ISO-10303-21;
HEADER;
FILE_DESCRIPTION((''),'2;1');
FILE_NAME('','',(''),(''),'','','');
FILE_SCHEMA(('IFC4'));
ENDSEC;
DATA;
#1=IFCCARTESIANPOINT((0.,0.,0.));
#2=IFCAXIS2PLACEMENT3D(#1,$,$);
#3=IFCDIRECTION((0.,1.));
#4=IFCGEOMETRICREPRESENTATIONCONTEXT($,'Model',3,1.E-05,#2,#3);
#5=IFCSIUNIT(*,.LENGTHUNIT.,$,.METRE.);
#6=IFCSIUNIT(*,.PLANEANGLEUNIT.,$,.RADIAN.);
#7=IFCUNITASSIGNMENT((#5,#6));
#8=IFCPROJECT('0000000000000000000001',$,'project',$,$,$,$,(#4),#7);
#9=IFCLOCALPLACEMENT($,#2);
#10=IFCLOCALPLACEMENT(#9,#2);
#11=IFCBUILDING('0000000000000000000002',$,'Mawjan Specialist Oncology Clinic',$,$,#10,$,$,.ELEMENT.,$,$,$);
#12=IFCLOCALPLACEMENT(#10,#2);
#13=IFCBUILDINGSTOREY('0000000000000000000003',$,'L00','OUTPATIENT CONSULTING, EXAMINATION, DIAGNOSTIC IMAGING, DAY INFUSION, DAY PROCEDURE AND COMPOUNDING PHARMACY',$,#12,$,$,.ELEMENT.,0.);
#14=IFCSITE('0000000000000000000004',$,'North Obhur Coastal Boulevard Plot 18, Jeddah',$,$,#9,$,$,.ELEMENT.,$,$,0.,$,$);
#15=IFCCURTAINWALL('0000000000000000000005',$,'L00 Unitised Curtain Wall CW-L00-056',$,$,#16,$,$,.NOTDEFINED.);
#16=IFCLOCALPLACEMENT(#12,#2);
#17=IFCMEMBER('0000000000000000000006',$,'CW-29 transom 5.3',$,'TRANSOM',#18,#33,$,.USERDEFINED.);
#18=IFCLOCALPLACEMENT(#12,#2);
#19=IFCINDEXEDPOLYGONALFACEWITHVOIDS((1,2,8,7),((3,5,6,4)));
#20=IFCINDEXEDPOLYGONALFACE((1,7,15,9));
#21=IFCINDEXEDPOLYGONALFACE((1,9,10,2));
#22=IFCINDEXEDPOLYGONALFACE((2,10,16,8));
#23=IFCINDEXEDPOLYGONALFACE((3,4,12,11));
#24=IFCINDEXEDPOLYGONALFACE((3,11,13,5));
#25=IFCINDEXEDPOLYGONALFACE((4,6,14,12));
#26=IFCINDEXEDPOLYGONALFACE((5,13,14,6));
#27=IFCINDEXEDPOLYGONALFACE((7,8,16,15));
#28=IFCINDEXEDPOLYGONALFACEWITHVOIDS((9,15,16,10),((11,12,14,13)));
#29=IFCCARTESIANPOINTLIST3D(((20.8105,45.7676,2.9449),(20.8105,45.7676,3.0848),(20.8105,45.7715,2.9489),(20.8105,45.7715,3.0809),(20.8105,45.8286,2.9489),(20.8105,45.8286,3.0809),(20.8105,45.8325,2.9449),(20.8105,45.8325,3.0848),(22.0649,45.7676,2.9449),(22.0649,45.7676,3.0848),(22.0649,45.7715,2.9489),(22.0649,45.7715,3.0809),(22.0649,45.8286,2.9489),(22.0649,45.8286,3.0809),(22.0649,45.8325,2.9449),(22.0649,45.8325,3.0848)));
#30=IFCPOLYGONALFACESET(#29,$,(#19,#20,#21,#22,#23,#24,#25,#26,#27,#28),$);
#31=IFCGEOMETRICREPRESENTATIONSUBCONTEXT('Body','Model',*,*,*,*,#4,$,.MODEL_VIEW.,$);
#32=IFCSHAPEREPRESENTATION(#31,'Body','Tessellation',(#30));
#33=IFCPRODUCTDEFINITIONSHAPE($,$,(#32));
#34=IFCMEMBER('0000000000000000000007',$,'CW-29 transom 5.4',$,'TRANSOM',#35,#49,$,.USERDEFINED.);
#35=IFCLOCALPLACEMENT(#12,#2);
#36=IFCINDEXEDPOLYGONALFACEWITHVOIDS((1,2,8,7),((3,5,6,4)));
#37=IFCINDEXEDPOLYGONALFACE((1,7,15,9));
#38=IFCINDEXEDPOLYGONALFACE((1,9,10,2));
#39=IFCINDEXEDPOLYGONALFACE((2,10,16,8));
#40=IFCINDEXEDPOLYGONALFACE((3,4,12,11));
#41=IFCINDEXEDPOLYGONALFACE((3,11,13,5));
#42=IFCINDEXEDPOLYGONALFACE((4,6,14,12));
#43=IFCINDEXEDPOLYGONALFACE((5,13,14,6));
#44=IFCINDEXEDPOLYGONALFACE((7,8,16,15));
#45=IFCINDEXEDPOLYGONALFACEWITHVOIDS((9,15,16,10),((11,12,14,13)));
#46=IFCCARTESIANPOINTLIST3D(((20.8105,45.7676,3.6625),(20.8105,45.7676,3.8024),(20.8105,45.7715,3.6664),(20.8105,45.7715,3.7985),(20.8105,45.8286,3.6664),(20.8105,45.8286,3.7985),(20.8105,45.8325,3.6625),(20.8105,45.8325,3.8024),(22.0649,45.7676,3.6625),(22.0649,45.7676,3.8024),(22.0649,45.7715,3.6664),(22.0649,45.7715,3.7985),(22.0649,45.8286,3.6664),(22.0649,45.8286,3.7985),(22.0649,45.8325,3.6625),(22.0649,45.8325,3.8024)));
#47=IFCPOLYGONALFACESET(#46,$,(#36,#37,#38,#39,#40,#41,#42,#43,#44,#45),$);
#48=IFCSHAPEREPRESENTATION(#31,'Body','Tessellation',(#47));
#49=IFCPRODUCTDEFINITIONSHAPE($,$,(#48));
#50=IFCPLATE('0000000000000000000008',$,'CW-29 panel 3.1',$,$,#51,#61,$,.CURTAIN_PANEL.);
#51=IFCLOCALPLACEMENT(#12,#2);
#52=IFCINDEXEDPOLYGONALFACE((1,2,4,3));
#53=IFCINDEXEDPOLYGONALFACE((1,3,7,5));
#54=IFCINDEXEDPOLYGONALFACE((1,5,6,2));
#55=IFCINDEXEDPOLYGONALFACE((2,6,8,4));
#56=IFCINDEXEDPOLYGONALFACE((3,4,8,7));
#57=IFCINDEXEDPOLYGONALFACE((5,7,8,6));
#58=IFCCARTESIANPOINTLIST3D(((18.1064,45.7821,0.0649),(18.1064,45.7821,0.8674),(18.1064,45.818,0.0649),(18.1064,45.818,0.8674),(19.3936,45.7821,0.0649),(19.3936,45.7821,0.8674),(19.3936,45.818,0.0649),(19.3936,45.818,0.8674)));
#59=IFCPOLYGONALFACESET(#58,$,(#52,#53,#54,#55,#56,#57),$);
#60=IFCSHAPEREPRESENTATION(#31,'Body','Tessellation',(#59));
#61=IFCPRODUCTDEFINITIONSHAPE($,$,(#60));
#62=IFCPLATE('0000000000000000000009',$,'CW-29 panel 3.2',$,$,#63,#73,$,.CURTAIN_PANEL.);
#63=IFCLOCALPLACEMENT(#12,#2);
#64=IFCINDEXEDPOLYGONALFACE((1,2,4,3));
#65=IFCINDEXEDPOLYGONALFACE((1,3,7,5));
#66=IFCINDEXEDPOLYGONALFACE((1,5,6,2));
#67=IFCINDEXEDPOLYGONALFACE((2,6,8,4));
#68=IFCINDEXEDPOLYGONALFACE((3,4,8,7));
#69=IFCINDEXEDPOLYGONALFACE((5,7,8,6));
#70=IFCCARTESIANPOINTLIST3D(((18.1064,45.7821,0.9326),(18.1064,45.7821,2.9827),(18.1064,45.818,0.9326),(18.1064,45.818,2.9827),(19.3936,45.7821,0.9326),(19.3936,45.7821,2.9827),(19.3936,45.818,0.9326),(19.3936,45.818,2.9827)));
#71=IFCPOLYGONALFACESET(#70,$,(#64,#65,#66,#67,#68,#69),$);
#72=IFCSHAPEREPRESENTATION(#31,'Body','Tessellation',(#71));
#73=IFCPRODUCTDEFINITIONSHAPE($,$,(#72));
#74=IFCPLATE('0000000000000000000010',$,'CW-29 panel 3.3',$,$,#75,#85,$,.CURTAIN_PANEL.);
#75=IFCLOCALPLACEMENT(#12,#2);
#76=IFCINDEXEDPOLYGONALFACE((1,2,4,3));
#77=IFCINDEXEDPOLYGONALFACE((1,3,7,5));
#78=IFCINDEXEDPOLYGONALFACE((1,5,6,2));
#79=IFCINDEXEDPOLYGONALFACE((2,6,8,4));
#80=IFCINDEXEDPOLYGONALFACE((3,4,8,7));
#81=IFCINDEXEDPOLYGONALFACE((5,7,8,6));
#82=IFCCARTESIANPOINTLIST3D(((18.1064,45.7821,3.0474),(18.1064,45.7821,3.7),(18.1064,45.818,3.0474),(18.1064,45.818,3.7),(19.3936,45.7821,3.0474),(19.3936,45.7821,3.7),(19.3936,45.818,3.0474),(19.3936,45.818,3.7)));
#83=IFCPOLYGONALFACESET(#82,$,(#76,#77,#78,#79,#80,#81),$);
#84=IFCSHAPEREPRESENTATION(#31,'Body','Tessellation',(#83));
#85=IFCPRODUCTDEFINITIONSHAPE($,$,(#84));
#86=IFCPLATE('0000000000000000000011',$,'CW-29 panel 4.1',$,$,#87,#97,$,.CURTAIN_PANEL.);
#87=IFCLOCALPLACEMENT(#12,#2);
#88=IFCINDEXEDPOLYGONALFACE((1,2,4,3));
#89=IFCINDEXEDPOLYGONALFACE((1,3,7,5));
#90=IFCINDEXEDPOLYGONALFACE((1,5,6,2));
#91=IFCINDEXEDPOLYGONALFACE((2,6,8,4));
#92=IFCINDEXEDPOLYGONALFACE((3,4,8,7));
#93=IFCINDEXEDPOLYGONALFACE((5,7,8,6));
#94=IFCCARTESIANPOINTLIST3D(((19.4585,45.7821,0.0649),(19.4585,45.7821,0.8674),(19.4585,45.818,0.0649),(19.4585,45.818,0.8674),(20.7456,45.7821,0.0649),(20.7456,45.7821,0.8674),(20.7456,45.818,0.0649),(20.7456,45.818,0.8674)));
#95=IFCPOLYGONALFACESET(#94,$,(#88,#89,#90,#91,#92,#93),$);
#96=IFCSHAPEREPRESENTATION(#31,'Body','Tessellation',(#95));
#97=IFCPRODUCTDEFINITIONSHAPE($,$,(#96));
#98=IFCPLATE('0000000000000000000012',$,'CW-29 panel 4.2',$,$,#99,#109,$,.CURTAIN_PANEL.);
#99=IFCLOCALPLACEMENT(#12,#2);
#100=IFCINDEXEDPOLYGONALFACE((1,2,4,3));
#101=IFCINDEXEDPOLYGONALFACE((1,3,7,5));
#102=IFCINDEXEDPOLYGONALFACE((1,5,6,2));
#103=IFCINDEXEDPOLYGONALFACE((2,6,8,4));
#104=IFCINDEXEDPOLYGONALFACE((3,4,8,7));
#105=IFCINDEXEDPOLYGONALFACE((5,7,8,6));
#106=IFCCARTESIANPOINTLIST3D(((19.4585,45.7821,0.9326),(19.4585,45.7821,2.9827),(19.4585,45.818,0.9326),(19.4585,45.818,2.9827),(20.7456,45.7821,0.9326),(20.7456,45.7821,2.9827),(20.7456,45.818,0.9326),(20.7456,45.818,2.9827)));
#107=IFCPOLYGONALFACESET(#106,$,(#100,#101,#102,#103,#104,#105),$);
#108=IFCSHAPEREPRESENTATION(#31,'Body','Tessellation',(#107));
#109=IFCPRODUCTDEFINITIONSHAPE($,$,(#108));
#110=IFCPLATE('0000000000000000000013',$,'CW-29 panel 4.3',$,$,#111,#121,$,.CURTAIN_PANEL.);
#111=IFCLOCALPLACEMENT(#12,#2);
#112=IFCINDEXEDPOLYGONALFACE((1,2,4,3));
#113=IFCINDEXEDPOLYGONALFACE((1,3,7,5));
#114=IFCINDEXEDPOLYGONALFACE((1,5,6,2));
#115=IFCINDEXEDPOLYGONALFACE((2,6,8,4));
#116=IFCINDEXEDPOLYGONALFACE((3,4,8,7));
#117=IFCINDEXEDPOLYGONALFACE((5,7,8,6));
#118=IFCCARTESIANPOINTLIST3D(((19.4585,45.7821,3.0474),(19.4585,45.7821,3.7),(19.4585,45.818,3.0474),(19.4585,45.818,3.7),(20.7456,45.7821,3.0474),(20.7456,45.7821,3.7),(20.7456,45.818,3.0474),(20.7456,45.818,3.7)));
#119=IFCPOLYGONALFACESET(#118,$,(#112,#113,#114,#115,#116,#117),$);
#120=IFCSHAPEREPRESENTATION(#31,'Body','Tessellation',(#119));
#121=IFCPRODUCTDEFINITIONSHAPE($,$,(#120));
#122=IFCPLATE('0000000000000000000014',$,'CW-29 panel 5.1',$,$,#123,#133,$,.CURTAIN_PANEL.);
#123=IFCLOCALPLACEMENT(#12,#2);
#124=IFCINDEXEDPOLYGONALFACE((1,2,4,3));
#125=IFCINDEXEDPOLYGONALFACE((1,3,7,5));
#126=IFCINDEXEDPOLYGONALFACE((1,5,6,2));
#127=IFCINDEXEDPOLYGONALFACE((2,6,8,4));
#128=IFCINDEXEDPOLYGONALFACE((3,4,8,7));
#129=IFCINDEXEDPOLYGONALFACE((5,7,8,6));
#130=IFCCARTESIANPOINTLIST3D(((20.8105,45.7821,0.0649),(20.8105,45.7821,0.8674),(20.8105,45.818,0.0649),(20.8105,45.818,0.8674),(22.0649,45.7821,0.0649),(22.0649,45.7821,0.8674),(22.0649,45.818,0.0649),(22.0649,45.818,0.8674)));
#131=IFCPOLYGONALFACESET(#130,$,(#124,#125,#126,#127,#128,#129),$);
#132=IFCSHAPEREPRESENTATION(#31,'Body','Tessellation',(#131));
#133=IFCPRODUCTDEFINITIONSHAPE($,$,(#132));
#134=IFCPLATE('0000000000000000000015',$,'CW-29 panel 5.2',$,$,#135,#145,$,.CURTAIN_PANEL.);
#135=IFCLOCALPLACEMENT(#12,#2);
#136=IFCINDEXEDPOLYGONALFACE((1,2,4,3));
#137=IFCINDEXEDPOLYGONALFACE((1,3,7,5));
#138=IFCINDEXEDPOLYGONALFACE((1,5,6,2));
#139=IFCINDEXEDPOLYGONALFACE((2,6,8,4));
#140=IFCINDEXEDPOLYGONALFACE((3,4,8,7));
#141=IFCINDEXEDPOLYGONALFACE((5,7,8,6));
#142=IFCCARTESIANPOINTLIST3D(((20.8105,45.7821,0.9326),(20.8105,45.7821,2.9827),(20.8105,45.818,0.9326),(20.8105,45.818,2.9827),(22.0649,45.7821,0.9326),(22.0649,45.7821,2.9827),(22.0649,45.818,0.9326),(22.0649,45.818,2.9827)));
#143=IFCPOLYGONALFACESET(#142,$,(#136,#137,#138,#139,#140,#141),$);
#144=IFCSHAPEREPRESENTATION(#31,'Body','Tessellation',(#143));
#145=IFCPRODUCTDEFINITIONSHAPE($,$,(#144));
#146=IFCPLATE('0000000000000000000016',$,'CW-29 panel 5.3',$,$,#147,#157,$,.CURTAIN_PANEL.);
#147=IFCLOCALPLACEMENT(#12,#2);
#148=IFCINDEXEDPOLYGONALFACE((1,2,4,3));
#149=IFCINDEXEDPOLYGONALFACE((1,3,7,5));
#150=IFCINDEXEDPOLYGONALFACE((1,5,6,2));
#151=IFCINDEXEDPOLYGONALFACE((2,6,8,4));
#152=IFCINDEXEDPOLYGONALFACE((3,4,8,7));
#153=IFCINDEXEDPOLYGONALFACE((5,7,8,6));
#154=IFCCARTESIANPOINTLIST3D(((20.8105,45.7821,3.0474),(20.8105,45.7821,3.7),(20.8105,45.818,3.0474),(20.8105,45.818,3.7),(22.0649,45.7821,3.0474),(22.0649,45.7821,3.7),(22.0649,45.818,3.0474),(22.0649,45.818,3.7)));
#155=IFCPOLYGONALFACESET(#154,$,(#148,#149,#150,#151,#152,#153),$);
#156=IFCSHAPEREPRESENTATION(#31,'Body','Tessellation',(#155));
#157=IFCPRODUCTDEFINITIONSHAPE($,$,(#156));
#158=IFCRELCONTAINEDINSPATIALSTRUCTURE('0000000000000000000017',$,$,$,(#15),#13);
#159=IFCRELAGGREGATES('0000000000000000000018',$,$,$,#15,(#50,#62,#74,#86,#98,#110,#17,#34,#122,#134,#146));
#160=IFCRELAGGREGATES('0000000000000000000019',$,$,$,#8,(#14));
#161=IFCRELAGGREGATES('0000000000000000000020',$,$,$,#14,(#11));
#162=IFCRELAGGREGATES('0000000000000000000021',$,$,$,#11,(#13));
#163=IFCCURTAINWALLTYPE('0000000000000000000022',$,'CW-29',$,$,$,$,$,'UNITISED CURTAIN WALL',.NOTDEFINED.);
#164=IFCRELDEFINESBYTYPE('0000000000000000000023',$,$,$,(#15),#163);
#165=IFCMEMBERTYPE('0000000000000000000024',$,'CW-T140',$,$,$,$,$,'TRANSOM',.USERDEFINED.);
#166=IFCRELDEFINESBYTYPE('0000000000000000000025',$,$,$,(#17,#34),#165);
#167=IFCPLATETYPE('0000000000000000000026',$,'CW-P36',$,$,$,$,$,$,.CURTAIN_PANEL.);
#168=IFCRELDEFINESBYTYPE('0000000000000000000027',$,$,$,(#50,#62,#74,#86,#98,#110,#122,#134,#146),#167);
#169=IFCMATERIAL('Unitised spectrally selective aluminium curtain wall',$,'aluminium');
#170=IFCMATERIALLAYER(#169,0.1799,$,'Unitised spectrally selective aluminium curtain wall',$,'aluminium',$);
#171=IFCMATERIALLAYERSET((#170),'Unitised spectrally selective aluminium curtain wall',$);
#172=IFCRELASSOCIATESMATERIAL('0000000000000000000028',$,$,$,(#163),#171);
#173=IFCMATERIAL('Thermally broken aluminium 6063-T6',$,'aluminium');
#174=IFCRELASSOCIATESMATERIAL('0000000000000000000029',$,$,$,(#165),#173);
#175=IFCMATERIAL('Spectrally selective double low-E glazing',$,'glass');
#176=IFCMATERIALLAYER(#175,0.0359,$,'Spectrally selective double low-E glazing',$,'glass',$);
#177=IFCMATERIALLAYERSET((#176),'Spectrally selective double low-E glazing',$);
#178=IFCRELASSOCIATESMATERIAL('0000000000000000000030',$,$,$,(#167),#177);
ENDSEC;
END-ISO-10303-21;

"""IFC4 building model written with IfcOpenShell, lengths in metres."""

from ifc_helpers import new_model, si_unit, direction, frame, origin, origin_2d, place, context, subcontext, project, spatial, rectangle, hollow_rectangle, extrude, material, layer, layer_set, material_profile, profile_set, type_object, element, aggregate, save


model = new_model("IFC4")

# Units and contexts
model_context = context("Model", 3, precision=1e-05, world=origin(), true_north=direction((0.0, 1.0)))
body_context = subcontext(model_context, "Body", "Model", "MODEL_VIEW")
ifc_project = project(units=[si_unit("LENGTHUNIT", "METRE"), si_unit("PLANEANGLEUNIT", "RADIAN")], contexts=[model_context])

# Site, building, storey
site_placement = place(None, origin())
site = spatial("IfcSite", under=ifc_project, at=site_placement, Name="North Obhur Coastal Boulevard Plot 18, Jeddah", CompositionType="ELEMENT", RefElevation=0.0)
building_placement = place(site_placement, origin())
building = spatial("IfcBuilding", under=site, at=building_placement, Name="Mawjan Specialist Oncology Clinic", CompositionType="ELEMENT")
storey_placement = place(building_placement, origin())
storey = spatial("IfcBuildingStorey", under=building, at=storey_placement, Name="L00", Description="OUTPATIENT CONSULTING, EXAMINATION, DIAGNOSTIC IMAGING, DAY INFUSION, DAY PROCEDURE AND COMPOUNDING PHARMACY", CompositionType="ELEMENT", Elevation=0.0)

# Curtain wall, members, plates
ifc_material_1 = material(Name="Unitised spectrally selective aluminium curtain wall", Category="aluminium")
ifc_layer_1 = layer(ifc_material_1, 0.1799, Name="Unitised spectrally selective aluminium curtain wall", Category="aluminium")
ifc_layer_set_1 = layer_set([ifc_layer_1], Name="Unitised spectrally selective aluminium curtain wall")
curtain_wall_type = type_object("IfcCurtainWallType", Name="CW-29", ElementType="UNITISED CURTAIN WALL", PredefinedType="NOTDEFINED", material=ifc_layer_set_1)
curtain_wall_placement = place(storey_placement, origin())
curtain_wall = element("IfcCurtainWall", 1, at=curtain_wall_placement, inside=storey, type_object=curtain_wall_type, Name="L00 Unitised Curtain Wall CW-L00-056", PredefinedType="NOTDEFINED")
ifc_material_2 = material(Name="Thermally broken aluminium 6063-T6", Category="aluminium")
ifc_material_profile_1 = material_profile(ifc_material_2, hollow_rectangle(XDim=0.0649, YDim=0.1399, WallThickness=0.0039, at=origin_2d()), Name="ALU TRANSOM 140x65x4", Category="aluminium")
ifc_profile_set_1 = profile_set([ifc_material_profile_1], Name="Thermally broken aluminium 6063-T6")
member_type_1 = type_object("IfcMemberType", Name="CW-T140", ElementType="TRANSOM", PredefinedType="USERDEFINED", material=ifc_profile_set_1)
member_1_placement = place(storey_placement, frame((20.8105, 45.8, 3.0149), z_axis=(1.0, 0.0, 0.0), x_axis=(0.0, 1.0, 0.0)))
member_1 = element("IfcMember", 2, at=member_1_placement, type_object=member_type_1, Name="CW-29 transom 5.3", ObjectType="TRANSOM", PredefinedType="USERDEFINED", context=body_context, shape_type="SweptSolid", body=[
    extrude(hollow_rectangle(XDim=0.0649, YDim=0.1399, WallThickness=0.0039, at=origin_2d()), origin(), (0.0, 0.0, 1.0), 1.2544),
])
member_2_placement = place(storey_placement, frame((20.8105, 45.8, 3.7324), z_axis=(1.0, 0.0, 0.0), x_axis=(0.0, 1.0, 0.0)))
member_2 = element("IfcMember", 3, at=member_2_placement, type_object=member_type_1, Name="CW-29 transom 5.4", ObjectType="TRANSOM", PredefinedType="USERDEFINED", context=body_context, shape_type="SweptSolid", body=[
    extrude(hollow_rectangle(XDim=0.0649, YDim=0.1399, WallThickness=0.0039, at=origin_2d()), origin(), (0.0, 0.0, 1.0), 1.2544),
])
ifc_material_3 = material(Name="Spectrally selective double low-E glazing", Category="glass")
ifc_layer_2 = layer(ifc_material_3, 0.0359, Name="Spectrally selective double low-E glazing", Category="glass")
ifc_layer_set_2 = layer_set([ifc_layer_2], Name="Spectrally selective double low-E glazing")
plate_type = type_object("IfcPlateType", Name="CW-P36", PredefinedType="CURTAIN_PANEL", material=ifc_layer_set_2)
plate_1_placement = place(storey_placement, frame((18.75, 45.8, 0.0649), z_axis=(0.0, 0.0, 1.0), x_axis=(1.0, 0.0, 0.0)))
plate_1 = element("IfcPlate", 4, at=plate_1_placement, type_object=plate_type, Name="CW-29 panel 3.1", PredefinedType="CURTAIN_PANEL", context=body_context, shape_type="SweptSolid", body=[
    extrude(rectangle(XDim=1.2871, YDim=0.0359, at=origin_2d()), origin(), (0.0, 0.0, 1.0), 0.8025),
])
plate_2_placement = place(storey_placement, frame((18.75, 45.8, 0.9326), z_axis=(0.0, 0.0, 1.0), x_axis=(1.0, 0.0, 0.0)))
plate_2 = element("IfcPlate", 5, at=plate_2_placement, type_object=plate_type, Name="CW-29 panel 3.2", PredefinedType="CURTAIN_PANEL", context=body_context, shape_type="SweptSolid", body=[
    extrude(rectangle(XDim=1.2871, YDim=0.0359, at=origin_2d()), origin(), (0.0, 0.0, 1.0), 2.05),
])
plate_3_placement = place(storey_placement, frame((18.75, 45.8, 3.0474), z_axis=(0.0, 0.0, 1.0), x_axis=(1.0, 0.0, 0.0)))
plate_3 = element("IfcPlate", 6, at=plate_3_placement, type_object=plate_type, Name="CW-29 panel 3.3", PredefinedType="CURTAIN_PANEL", context=body_context, shape_type="SweptSolid", body=[
    extrude(rectangle(XDim=1.2871, YDim=0.0359, at=origin_2d()), origin(), (0.0, 0.0, 1.0), 0.6526),
])
plate_4_placement = place(storey_placement, frame((20.1021, 45.8, 0.0649), z_axis=(0.0, 0.0, 1.0), x_axis=(1.0, 0.0, 0.0)))
plate_4 = element("IfcPlate", 7, at=plate_4_placement, type_object=plate_type, Name="CW-29 panel 4.1", PredefinedType="CURTAIN_PANEL", context=body_context, shape_type="SweptSolid", body=[
    extrude(rectangle(XDim=1.2871, YDim=0.0359, at=origin_2d()), origin(), (0.0, 0.0, 1.0), 0.8025),
])
plate_5_placement = place(storey_placement, frame((20.1021, 45.8, 0.9326), z_axis=(0.0, 0.0, 1.0), x_axis=(1.0, 0.0, 0.0)))
plate_5 = element("IfcPlate", 8, at=plate_5_placement, type_object=plate_type, Name="CW-29 panel 4.2", PredefinedType="CURTAIN_PANEL", context=body_context, shape_type="SweptSolid", body=[
    extrude(rectangle(XDim=1.2871, YDim=0.0359, at=origin_2d()), origin(), (0.0, 0.0, 1.0), 2.05),
])
plate_6_placement = place(storey_placement, frame((20.1021, 45.8, 3.0474), z_axis=(0.0, 0.0, 1.0), x_axis=(1.0, 0.0, 0.0)))
plate_6 = element("IfcPlate", 9, at=plate_6_placement, type_object=plate_type, Name="CW-29 panel 4.3", PredefinedType="CURTAIN_PANEL", context=body_context, shape_type="SweptSolid", body=[
    extrude(rectangle(XDim=1.2871, YDim=0.0359, at=origin_2d()), origin(), (0.0, 0.0, 1.0), 0.6526),
])
plate_7_placement = place(storey_placement, frame((21.4377, 45.8, 0.0649), z_axis=(0.0, 0.0, 1.0), x_axis=(1.0, 0.0, 0.0)))
plate_7 = element("IfcPlate", 10, at=plate_7_placement, type_object=plate_type, Name="CW-29 panel 5.1", PredefinedType="CURTAIN_PANEL", context=body_context, shape_type="SweptSolid", body=[
    extrude(rectangle(XDim=1.2544, YDim=0.0359, at=origin_2d()), origin(), (0.0, 0.0, 1.0), 0.8025),
])
plate_8_placement = place(storey_placement, frame((21.4377, 45.8, 0.9326), z_axis=(0.0, 0.0, 1.0), x_axis=(1.0, 0.0, 0.0)))
plate_8 = element("IfcPlate", 11, at=plate_8_placement, type_object=plate_type, Name="CW-29 panel 5.2", PredefinedType="CURTAIN_PANEL", context=body_context, shape_type="SweptSolid", body=[
    extrude(rectangle(XDim=1.2544, YDim=0.0359, at=origin_2d()), origin(), (0.0, 0.0, 1.0), 2.05),
])
plate_9_placement = place(storey_placement, frame((21.4377, 45.8, 3.0474), z_axis=(0.0, 0.0, 1.0), x_axis=(1.0, 0.0, 0.0)))
plate_9 = element("IfcPlate", 12, at=plate_9_placement, type_object=plate_type, Name="CW-29 panel 5.3", PredefinedType="CURTAIN_PANEL", context=body_context, shape_type="SweptSolid", body=[
    extrude(rectangle(XDim=1.2544, YDim=0.0359, at=origin_2d()), origin(), (0.0, 0.0, 1.0), 0.6526),
])
aggregate(curtain_wall, [plate_1, plate_2, plate_3, plate_4, plate_5, plate_6, member_1, member_2, plate_7, plate_8, plate_9])

save(model, "model.ifc")
